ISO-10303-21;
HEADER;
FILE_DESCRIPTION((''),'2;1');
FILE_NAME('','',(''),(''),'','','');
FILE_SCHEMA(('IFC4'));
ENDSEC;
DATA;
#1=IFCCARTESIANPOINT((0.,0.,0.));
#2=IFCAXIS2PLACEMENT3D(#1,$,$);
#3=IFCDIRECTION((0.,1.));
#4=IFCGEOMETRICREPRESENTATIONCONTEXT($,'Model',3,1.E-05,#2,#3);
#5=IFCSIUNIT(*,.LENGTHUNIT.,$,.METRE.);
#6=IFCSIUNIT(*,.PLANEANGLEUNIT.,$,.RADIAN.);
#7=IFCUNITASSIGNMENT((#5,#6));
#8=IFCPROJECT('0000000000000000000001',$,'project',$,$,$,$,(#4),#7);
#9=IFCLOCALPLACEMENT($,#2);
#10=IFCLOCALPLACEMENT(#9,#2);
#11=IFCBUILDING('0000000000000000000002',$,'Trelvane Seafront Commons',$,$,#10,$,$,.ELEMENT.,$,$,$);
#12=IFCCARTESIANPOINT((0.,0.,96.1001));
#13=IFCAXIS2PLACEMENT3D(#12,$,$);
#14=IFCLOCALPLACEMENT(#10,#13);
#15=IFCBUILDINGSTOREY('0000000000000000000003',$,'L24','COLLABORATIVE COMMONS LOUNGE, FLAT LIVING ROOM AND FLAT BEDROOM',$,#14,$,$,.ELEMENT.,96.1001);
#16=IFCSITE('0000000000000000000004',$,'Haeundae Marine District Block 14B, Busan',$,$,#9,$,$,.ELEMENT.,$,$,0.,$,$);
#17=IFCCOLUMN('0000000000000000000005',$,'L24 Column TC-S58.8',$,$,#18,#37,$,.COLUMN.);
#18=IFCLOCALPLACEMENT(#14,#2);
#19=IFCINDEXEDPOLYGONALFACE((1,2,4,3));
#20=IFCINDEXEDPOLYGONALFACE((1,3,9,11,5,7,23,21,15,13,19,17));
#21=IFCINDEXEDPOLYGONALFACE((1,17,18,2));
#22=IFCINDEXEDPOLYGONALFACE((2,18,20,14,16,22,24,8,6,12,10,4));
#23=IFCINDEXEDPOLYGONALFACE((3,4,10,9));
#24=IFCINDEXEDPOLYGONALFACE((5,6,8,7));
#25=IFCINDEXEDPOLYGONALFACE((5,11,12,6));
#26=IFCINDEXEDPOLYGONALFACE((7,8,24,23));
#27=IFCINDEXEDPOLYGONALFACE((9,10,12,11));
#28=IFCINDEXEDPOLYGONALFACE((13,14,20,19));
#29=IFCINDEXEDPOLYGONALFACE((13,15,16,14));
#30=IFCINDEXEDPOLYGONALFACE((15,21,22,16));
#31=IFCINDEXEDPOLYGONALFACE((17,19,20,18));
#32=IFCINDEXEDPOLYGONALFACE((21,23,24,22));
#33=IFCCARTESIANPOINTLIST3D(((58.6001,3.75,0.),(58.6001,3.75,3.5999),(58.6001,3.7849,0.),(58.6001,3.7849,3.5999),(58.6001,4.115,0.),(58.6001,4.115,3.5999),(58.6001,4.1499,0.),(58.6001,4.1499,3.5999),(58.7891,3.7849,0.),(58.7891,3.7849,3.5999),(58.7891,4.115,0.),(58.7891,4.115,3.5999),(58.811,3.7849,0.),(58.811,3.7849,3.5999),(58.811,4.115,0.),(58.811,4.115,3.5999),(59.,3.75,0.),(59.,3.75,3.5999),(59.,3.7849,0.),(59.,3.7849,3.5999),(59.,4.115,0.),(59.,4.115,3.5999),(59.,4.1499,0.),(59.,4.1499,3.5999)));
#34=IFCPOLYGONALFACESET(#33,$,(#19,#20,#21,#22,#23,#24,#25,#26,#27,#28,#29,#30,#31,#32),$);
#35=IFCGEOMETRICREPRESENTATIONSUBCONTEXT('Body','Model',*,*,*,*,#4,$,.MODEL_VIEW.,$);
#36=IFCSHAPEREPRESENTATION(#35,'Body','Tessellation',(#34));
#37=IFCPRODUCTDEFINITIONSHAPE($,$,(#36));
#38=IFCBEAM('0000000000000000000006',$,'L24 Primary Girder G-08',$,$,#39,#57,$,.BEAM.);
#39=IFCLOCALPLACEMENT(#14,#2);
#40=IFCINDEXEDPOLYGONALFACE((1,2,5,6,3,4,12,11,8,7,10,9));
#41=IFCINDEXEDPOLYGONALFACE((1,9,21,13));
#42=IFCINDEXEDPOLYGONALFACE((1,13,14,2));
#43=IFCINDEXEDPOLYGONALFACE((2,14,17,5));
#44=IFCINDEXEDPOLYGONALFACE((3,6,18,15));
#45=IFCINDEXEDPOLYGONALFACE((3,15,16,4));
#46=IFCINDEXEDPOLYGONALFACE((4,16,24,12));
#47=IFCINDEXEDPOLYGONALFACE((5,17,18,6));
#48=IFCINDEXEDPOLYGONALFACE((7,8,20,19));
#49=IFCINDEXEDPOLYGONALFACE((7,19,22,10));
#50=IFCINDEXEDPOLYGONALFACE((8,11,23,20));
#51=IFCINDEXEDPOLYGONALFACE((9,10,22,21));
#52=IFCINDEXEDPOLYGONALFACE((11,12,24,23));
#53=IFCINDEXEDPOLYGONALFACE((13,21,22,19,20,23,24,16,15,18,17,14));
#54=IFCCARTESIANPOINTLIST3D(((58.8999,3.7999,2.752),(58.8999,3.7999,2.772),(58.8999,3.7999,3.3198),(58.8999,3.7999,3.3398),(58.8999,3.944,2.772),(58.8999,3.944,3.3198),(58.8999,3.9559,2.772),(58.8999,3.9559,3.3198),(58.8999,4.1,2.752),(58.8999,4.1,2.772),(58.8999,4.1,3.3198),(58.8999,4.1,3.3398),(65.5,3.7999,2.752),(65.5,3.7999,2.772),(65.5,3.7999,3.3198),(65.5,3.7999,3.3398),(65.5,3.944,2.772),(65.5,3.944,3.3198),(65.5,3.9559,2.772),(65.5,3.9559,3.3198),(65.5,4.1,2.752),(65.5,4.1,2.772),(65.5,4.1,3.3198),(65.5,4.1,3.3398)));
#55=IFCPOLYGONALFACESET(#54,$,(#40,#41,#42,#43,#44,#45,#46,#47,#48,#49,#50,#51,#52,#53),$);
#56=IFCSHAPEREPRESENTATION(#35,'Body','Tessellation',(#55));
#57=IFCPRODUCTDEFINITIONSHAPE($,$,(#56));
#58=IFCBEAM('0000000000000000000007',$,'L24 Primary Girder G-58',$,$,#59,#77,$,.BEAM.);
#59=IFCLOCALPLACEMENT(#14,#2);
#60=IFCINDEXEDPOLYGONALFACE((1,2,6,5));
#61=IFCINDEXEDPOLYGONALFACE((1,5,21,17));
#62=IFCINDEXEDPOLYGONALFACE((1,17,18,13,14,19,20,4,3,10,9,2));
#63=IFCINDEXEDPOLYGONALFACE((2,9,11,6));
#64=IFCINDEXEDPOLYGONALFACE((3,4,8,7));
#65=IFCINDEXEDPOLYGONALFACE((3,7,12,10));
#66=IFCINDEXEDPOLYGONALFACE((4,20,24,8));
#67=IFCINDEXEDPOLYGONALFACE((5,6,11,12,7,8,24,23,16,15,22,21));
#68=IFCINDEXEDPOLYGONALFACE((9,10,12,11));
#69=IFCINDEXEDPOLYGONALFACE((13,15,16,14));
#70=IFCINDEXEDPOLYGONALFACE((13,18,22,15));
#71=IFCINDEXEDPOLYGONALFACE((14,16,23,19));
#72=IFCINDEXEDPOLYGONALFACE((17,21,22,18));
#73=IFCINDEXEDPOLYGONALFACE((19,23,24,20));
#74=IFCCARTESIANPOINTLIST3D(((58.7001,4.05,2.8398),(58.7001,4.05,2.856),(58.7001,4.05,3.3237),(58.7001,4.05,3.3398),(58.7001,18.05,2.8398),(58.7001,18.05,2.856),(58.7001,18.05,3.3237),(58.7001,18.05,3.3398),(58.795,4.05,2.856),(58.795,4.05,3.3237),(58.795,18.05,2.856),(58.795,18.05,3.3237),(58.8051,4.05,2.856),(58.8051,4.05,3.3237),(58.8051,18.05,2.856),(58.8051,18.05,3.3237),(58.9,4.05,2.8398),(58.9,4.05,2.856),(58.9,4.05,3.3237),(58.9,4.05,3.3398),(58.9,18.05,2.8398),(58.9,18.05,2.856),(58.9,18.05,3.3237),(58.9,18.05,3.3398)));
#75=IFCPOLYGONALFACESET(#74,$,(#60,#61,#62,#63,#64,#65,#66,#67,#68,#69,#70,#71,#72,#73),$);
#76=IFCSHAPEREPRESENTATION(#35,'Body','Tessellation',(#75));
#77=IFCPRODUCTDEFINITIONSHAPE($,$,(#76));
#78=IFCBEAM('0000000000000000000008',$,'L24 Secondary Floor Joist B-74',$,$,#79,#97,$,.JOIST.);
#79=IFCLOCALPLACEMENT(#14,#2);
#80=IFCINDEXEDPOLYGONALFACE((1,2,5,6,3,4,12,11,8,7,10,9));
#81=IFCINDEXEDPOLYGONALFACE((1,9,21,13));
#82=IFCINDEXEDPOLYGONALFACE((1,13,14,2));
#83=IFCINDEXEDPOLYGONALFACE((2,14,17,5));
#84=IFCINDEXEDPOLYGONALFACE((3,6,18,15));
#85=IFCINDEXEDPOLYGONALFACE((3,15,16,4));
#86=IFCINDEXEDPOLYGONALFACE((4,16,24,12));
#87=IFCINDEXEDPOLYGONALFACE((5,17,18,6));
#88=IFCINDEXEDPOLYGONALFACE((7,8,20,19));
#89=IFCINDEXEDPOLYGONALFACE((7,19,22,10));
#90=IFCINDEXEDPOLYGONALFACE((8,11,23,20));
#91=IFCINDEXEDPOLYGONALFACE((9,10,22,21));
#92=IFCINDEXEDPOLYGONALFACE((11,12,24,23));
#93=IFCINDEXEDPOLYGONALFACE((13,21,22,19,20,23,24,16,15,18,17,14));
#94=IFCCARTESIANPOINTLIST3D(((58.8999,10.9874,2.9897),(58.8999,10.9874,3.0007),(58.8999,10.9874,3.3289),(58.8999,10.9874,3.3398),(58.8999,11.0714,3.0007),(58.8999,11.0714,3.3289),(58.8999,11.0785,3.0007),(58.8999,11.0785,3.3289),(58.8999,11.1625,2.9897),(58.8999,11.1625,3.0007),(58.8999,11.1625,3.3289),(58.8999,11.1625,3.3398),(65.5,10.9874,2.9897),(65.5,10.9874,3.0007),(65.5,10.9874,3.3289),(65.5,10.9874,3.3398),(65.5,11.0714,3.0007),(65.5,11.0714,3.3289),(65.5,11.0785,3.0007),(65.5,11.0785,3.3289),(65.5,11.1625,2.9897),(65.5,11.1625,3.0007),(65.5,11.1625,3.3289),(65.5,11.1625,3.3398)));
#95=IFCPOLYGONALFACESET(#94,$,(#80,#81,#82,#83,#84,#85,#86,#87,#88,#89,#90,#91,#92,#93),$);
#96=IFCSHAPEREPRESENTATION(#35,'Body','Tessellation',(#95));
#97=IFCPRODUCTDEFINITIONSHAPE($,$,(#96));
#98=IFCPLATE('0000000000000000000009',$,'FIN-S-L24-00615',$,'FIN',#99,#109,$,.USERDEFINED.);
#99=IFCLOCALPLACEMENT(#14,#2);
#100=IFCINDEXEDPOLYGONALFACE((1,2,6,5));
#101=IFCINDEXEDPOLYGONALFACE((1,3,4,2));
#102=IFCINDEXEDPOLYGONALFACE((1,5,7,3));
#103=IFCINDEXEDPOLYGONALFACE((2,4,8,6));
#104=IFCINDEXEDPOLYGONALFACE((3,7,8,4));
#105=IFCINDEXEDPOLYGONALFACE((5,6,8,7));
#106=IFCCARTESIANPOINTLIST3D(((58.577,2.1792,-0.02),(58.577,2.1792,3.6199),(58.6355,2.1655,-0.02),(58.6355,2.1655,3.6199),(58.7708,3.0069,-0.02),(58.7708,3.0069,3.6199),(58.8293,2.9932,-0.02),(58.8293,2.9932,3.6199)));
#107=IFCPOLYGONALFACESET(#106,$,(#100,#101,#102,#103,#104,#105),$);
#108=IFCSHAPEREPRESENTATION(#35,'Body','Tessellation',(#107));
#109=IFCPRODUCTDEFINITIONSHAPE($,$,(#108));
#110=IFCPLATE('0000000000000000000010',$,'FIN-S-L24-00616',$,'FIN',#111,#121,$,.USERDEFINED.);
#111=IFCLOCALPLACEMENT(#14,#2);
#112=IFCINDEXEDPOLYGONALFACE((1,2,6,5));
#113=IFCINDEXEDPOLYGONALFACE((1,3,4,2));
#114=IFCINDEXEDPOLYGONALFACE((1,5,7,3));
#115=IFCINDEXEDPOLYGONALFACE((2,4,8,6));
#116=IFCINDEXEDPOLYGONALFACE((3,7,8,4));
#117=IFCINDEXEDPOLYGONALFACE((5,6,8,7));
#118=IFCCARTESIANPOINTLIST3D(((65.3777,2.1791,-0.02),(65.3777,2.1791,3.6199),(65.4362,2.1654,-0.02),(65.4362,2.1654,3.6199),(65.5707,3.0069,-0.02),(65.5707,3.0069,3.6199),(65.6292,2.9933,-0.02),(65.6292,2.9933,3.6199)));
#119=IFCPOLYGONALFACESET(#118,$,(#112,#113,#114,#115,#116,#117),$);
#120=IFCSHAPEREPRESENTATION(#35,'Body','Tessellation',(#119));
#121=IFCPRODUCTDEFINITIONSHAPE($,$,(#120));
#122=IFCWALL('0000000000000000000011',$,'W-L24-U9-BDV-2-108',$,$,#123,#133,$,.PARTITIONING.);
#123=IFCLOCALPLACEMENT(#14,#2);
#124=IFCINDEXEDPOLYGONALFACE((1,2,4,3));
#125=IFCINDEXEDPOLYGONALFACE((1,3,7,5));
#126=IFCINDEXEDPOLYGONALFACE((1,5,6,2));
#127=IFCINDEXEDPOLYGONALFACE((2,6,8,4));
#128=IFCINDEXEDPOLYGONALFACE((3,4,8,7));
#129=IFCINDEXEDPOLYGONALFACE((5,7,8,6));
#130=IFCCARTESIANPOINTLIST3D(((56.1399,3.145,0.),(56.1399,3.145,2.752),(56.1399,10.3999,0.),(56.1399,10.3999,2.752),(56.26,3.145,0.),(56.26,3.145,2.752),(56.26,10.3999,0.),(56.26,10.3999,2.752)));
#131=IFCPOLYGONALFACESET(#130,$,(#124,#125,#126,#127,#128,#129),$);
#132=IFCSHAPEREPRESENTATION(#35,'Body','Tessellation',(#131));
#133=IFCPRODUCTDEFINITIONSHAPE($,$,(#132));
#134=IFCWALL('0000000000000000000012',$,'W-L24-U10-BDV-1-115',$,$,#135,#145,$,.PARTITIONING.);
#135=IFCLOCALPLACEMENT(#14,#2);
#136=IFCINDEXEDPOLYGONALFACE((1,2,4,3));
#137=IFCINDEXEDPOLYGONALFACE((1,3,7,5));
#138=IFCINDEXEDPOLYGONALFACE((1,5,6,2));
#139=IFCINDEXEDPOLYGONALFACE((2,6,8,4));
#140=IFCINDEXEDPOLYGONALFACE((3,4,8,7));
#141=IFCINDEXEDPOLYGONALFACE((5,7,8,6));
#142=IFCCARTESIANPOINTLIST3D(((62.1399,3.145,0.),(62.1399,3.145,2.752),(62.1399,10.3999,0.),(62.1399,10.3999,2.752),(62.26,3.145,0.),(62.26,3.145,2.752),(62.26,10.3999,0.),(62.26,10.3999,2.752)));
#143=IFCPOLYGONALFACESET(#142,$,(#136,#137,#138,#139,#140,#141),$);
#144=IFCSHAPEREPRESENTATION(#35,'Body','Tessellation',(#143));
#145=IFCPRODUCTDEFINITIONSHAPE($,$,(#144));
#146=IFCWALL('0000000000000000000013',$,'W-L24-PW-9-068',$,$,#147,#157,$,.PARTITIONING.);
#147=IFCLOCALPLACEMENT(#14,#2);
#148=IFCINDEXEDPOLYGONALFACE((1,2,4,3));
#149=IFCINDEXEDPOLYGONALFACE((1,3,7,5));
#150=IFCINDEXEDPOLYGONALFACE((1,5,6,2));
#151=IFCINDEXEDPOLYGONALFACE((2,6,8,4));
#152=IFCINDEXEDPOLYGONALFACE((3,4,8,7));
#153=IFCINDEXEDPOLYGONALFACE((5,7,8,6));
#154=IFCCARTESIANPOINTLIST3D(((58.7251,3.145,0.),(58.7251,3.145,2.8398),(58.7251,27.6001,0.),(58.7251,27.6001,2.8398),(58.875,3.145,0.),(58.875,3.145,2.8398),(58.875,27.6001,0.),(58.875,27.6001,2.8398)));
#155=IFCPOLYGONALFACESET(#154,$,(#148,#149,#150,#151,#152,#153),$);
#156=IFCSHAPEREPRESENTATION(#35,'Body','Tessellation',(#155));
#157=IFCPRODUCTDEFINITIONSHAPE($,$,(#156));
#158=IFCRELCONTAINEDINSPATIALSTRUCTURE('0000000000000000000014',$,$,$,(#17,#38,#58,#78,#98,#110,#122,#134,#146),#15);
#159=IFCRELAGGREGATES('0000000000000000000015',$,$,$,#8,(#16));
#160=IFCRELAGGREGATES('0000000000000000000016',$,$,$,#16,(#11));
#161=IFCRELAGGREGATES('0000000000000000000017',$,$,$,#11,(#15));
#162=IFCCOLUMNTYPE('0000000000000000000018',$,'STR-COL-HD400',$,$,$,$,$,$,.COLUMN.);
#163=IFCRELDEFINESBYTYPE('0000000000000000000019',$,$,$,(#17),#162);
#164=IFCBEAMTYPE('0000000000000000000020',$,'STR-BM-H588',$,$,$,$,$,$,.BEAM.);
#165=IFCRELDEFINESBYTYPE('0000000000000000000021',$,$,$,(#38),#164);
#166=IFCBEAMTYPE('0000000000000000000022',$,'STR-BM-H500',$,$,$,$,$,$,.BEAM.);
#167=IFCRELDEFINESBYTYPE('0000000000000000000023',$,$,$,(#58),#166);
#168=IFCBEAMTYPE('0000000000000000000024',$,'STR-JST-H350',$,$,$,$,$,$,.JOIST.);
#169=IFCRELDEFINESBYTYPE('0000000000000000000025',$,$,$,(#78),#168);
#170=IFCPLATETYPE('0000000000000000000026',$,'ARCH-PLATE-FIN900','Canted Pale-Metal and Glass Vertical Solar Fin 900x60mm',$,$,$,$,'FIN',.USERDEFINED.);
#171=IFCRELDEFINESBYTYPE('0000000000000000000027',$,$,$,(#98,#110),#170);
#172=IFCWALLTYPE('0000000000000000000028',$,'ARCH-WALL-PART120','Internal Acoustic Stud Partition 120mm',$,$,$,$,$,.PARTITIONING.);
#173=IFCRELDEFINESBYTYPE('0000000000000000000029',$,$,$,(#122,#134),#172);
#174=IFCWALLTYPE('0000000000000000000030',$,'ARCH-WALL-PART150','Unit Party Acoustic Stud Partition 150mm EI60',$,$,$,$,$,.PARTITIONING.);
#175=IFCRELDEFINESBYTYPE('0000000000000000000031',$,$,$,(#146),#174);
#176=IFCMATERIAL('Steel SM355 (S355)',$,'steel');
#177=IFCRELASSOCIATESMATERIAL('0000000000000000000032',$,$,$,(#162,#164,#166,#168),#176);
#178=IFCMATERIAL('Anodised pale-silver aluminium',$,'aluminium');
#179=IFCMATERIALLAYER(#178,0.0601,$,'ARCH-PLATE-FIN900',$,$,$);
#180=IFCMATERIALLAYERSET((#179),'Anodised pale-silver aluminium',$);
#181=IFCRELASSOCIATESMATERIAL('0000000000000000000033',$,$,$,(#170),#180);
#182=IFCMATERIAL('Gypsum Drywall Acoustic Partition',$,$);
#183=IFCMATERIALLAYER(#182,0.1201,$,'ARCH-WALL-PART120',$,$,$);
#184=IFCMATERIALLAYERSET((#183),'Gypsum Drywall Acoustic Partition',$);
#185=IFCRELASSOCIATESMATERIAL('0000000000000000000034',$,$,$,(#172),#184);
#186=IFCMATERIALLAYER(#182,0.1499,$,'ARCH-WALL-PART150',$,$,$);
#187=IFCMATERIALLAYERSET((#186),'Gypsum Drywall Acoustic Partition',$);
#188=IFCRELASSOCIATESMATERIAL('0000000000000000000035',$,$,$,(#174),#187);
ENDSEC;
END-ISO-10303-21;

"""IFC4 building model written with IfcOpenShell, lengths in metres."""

from ifc_helpers import new_model, si_unit, direction, frame, frame_2d, origin, origin_2d, place, context, subcontext, project, spatial, rectangle, i_section, extrude, source, transform, mapped, material, layer, layer_set, material_profile, profile_set, type_object, element, save


model = new_model("IFC4")

# Units and contexts
model_context = context("Model", 3, precision=1e-05, world=origin(), true_north=direction((0.0, 1.0)))
body_context = subcontext(model_context, "Body", "Model", "MODEL_VIEW")
ifc_project = project(units=[si_unit("LENGTHUNIT", "METRE"), si_unit("PLANEANGLEUNIT", "RADIAN")], contexts=[model_context])

# Site, building, storey
site_placement = place(None, origin())
site = spatial("IfcSite", under=ifc_project, at=site_placement, Name="Haeundae Marine District Block 14B, Busan", CompositionType="ELEMENT", RefElevation=0.0)
building_placement = place(site_placement, origin())
building = spatial("IfcBuilding", under=site, at=building_placement, Name="Trelvane Seafront Commons", CompositionType="ELEMENT")
storey_placement = place(building_placement, frame((0.0, 0.0, 96.1001)))
storey = spatial("IfcBuildingStorey", under=building, at=storey_placement, Name="L24", Description="COLLABORATIVE COMMONS LOUNGE, FLAT LIVING ROOM AND FLAT BEDROOM", CompositionType="ELEMENT", Elevation=96.1001)

# Column
ifc_material_1 = material(Name="Steel SM355 (S355)", Category="steel")
ifc_material_profile_1 = material_profile(ifc_material_1, i_section(OverallWidth=0.3999, OverallDepth=0.3999, WebThickness=0.022, FlangeThickness=0.0349, at=origin_2d()), Name="HD-400x400x22x35")
ifc_profile_set_1 = profile_set([ifc_material_profile_1], Name="Steel SM355 (S355)")
column_type = type_object("IfcColumnType", Name="STR-COL-HD400", PredefinedType="COLUMN", material=ifc_profile_set_1)
shared_shape_1 = source(origin(), body_context, "Body", "SweptSolid", [
    extrude(i_section(OverallWidth=0.3999, OverallDepth=0.3999, WebThickness=0.022, FlangeThickness=0.0349, at=origin_2d()), origin(), (0.0, 0.0, 1.0), 3.5999),
])
column_placement = place(storey_placement, frame((58.8, 3.95, 0.0), z_axis=(0.0, 0.0, 1.0), x_axis=(1.0, 0.0, 0.0)))
element("IfcColumn", 1, at=column_placement, inside=storey, type_object=column_type, Name="L24 Column TC-S58.8", PredefinedType="COLUMN", context=body_context, shape_type="MappedRepresentation", body=[
    mapped(shared_shape_1, transform((0.0, 0.0, 0.0), x_axis=(1.0, 0.0, 0.0), y_axis=(0.0, 1.0, 0.0), z_axis=(0.0, 0.0, 1.0), scale=1.0)),
])

# Beams
ifc_material_profile_2 = material_profile(ifc_material_1, i_section(OverallWidth=0.3, OverallDepth=0.5879, WebThickness=0.012, FlangeThickness=0.02, at=origin_2d()), Name="H-588x300x12x20")
ifc_profile_set_2 = profile_set([ifc_material_profile_2], Name="Steel SM355 (S355)")
beam_type_1 = type_object("IfcBeamType", Name="STR-BM-H588", PredefinedType="BEAM", material=ifc_profile_set_2)
shared_shape_2 = source(origin(), body_context, "Body", "SweptSolid", [
    extrude(i_section(OverallWidth=0.3, OverallDepth=0.5879, WebThickness=0.012, FlangeThickness=0.02, at=origin_2d()), origin(), (0.0, 0.0, 1.0), 6.6001),
])
beam_1_placement = place(storey_placement, frame((58.8999, 3.95, 3.0459), z_axis=(1.0, 0.0, 0.0), x_axis=(0.0, 1.0, 0.0)))
element("IfcBeam", 2, at=beam_1_placement, inside=storey, type_object=beam_type_1, Name="L24 Primary Girder G-08", PredefinedType="BEAM", context=body_context, shape_type="MappedRepresentation", body=[
    mapped(shared_shape_2, transform((0.0, 0.0, 0.0), x_axis=(1.0, 0.0, 0.0), y_axis=(0.0, 1.0, 0.0), z_axis=(0.0, 0.0, 1.0), scale=1.0)),
])
ifc_material_profile_3 = material_profile(ifc_material_1, i_section(OverallWidth=0.2, OverallDepth=0.5, WebThickness=0.01, FlangeThickness=0.0161, at=origin_2d()), Name="H-500x200x10x16")
ifc_profile_set_3 = profile_set([ifc_material_profile_3], Name="Steel SM355 (S355)")
beam_type_2 = type_object("IfcBeamType", Name="STR-BM-H500", PredefinedType="BEAM", material=ifc_profile_set_3)
shared_shape_3 = source(origin(), body_context, "Body", "SweptSolid", [
    extrude(i_section(OverallWidth=0.2, OverallDepth=0.5, WebThickness=0.01, FlangeThickness=0.0161, at=origin_2d()), origin(), (0.0, 0.0, 1.0), 14.0),
])
beam_2_placement = place(storey_placement, frame((58.8, 4.05, 3.0898), z_axis=(0.0, 1.0, 0.0), x_axis=(-1.0, 0.0, 0.0)))
element("IfcBeam", 3, at=beam_2_placement, inside=storey, type_object=beam_type_2, Name="L24 Primary Girder G-58", PredefinedType="BEAM", context=body_context, shape_type="MappedRepresentation", body=[
    mapped(shared_shape_3, transform((0.0, 0.0, 0.0), x_axis=(1.0, 0.0, 0.0), y_axis=(0.0, 1.0, 0.0), z_axis=(0.0, 0.0, 1.0), scale=1.0)),
])
ifc_material_profile_4 = material_profile(ifc_material_1, i_section(OverallWidth=0.175, OverallDepth=0.3501, WebThickness=0.0071, FlangeThickness=0.011, at=origin_2d()), Name="H-350x175x7x11")
ifc_profile_set_4 = profile_set([ifc_material_profile_4], Name="Steel SM355 (S355)")
beam_type_3 = type_object("IfcBeamType", Name="STR-JST-H350", PredefinedType="JOIST", material=ifc_profile_set_4)
shared_shape_4 = source(origin(), body_context, "Body", "SweptSolid", [
    extrude(i_section(OverallWidth=0.175, OverallDepth=0.3501, WebThickness=0.0071, FlangeThickness=0.011, at=origin_2d()), origin(), (0.0, 0.0, 1.0), 6.6001),
])
beam_3_placement = place(storey_placement, frame((58.8999, 11.075, 3.1648), z_axis=(1.0, 0.0, 0.0), x_axis=(0.0, 1.0, 0.0)))
element("IfcBeam", 4, at=beam_3_placement, inside=storey, type_object=beam_type_3, Name="L24 Secondary Floor Joist B-74", PredefinedType="JOIST", context=body_context, shape_type="MappedRepresentation", body=[
    mapped(shared_shape_4, transform((0.0, 0.0, 0.0), x_axis=(1.0, 0.0, 0.0), y_axis=(0.0, 1.0, 0.0), z_axis=(0.0, 0.0, 1.0), scale=1.0)),
])

# Plates
ifc_material_2 = material(Name="Anodised pale-silver aluminium", Category="aluminium")
ifc_layer_1 = layer(ifc_material_2, 0.0601, Name="ARCH-PLATE-FIN900")
ifc_layer_set_1 = layer_set([ifc_layer_1], Name="Anodised pale-silver aluminium")
plate_type = type_object("IfcPlateType", Name="ARCH-PLATE-FIN900", Description="Canted Pale-Metal and Glass Vertical Solar Fin 900x60mm", ElementType="FIN", PredefinedType="USERDEFINED", material=ifc_layer_set_1)
shared_shape_5 = source(origin(), body_context, "Body", "SweptSolid", [
    extrude(rectangle(XDim=0.8501, YDim=0.0601, at=origin_2d()), origin(), (0.0, 0.0, 1.0), 3.6399),
])
for number, where, z_axis, x_axis, name in (
    (5, (58.7031, 2.5862, -0.02), (0.0, 0.0, 1.0), (-0.228003, -0.973661, 0.0), "FIN-S-L24-00615"),
    (6, (65.5034, 2.5862, -0.02), (0.0, 0.0, 1.0), (-0.227059, -0.973881, 0.0), "FIN-S-L24-00616"),
):
    element("IfcPlate", number, at=place(storey_placement, frame(where, z_axis=z_axis, x_axis=x_axis)), inside=storey, type_object=plate_type, Name=name, ObjectType="FIN", PredefinedType="USERDEFINED", context=body_context, shape_type="MappedRepresentation", body=[
        mapped(shared_shape_5, transform((0.0, 0.0, 0.0), x_axis=(1.0, 0.0, 0.0), y_axis=(0.0, 1.0, 0.0), z_axis=(0.0, 0.0, 1.0), scale=1.0)),
    ])

# Shared definitions
ifc_material_3 = material(Name="Gypsum Drywall Acoustic Partition")
ifc_layer_2 = layer(ifc_material_3, 0.1201, Name="ARCH-WALL-PART120")
ifc_layer_set_2 = layer_set([ifc_layer_2], Name="Gypsum Drywall Acoustic Partition")
wall_type_1 = type_object("IfcWallType", Name="ARCH-WALL-PART120", Description="Internal Acoustic Stud Partition 120mm", PredefinedType="PARTITIONING", material=ifc_layer_set_2)

# Wall
wall_1_placement = place(storey_placement, frame((56.2, 3.145, 0.0), z_axis=(0.0, 0.0, 1.0), x_axis=(0.0, 1.0, 0.0)))
element("IfcWall", 7, at=wall_1_placement, inside=storey, type_object=wall_type_1, Name="W-L24-U9-BDV-2-108", PredefinedType="PARTITIONING", context=body_context, shape_type="SweptSolid", body=[
    extrude(rectangle(XDim=7.2549, YDim=0.1201, at=frame_2d((3.6274, 0.0))), origin(), (0.0, 0.0, 1.0), 2.752),
])

# Walls
wall_2_placement = place(storey_placement, frame((62.2, 3.145, 0.0), z_axis=(0.0, 0.0, 1.0), x_axis=(0.0, 1.0, 0.0)))
element("IfcWall", 8, at=wall_2_placement, inside=storey, type_object=wall_type_1, Name="W-L24-U10-BDV-1-115", PredefinedType="PARTITIONING", context=body_context, shape_type="SweptSolid", body=[
    extrude(rectangle(XDim=7.2549, YDim=0.1201, at=frame_2d((3.6274, 0.0))), origin(), (0.0, 0.0, 1.0), 2.752),
])
ifc_layer_3 = layer(ifc_material_3, 0.1499, Name="ARCH-WALL-PART150")
ifc_layer_set_3 = layer_set([ifc_layer_3], Name="Gypsum Drywall Acoustic Partition")
wall_type_2 = type_object("IfcWallType", Name="ARCH-WALL-PART150", Description="Unit Party Acoustic Stud Partition 150mm EI60", PredefinedType="PARTITIONING", material=ifc_layer_set_3)
wall_3_placement = place(storey_placement, frame((58.8, 3.145, 0.0), z_axis=(0.0, 0.0, 1.0), x_axis=(0.0, 1.0, 0.0)))
element("IfcWall", 9, at=wall_3_placement, inside=storey, type_object=wall_type_2, Name="W-L24-PW-9-068", PredefinedType="PARTITIONING", context=body_context, shape_type="SweptSolid", body=[
    extrude(rectangle(XDim=24.4551, YDim=0.1499, at=frame_2d((12.2275, 0.0))), origin(), (0.0, 0.0, 1.0), 2.8398),
])

save(model, "model.ifc")
